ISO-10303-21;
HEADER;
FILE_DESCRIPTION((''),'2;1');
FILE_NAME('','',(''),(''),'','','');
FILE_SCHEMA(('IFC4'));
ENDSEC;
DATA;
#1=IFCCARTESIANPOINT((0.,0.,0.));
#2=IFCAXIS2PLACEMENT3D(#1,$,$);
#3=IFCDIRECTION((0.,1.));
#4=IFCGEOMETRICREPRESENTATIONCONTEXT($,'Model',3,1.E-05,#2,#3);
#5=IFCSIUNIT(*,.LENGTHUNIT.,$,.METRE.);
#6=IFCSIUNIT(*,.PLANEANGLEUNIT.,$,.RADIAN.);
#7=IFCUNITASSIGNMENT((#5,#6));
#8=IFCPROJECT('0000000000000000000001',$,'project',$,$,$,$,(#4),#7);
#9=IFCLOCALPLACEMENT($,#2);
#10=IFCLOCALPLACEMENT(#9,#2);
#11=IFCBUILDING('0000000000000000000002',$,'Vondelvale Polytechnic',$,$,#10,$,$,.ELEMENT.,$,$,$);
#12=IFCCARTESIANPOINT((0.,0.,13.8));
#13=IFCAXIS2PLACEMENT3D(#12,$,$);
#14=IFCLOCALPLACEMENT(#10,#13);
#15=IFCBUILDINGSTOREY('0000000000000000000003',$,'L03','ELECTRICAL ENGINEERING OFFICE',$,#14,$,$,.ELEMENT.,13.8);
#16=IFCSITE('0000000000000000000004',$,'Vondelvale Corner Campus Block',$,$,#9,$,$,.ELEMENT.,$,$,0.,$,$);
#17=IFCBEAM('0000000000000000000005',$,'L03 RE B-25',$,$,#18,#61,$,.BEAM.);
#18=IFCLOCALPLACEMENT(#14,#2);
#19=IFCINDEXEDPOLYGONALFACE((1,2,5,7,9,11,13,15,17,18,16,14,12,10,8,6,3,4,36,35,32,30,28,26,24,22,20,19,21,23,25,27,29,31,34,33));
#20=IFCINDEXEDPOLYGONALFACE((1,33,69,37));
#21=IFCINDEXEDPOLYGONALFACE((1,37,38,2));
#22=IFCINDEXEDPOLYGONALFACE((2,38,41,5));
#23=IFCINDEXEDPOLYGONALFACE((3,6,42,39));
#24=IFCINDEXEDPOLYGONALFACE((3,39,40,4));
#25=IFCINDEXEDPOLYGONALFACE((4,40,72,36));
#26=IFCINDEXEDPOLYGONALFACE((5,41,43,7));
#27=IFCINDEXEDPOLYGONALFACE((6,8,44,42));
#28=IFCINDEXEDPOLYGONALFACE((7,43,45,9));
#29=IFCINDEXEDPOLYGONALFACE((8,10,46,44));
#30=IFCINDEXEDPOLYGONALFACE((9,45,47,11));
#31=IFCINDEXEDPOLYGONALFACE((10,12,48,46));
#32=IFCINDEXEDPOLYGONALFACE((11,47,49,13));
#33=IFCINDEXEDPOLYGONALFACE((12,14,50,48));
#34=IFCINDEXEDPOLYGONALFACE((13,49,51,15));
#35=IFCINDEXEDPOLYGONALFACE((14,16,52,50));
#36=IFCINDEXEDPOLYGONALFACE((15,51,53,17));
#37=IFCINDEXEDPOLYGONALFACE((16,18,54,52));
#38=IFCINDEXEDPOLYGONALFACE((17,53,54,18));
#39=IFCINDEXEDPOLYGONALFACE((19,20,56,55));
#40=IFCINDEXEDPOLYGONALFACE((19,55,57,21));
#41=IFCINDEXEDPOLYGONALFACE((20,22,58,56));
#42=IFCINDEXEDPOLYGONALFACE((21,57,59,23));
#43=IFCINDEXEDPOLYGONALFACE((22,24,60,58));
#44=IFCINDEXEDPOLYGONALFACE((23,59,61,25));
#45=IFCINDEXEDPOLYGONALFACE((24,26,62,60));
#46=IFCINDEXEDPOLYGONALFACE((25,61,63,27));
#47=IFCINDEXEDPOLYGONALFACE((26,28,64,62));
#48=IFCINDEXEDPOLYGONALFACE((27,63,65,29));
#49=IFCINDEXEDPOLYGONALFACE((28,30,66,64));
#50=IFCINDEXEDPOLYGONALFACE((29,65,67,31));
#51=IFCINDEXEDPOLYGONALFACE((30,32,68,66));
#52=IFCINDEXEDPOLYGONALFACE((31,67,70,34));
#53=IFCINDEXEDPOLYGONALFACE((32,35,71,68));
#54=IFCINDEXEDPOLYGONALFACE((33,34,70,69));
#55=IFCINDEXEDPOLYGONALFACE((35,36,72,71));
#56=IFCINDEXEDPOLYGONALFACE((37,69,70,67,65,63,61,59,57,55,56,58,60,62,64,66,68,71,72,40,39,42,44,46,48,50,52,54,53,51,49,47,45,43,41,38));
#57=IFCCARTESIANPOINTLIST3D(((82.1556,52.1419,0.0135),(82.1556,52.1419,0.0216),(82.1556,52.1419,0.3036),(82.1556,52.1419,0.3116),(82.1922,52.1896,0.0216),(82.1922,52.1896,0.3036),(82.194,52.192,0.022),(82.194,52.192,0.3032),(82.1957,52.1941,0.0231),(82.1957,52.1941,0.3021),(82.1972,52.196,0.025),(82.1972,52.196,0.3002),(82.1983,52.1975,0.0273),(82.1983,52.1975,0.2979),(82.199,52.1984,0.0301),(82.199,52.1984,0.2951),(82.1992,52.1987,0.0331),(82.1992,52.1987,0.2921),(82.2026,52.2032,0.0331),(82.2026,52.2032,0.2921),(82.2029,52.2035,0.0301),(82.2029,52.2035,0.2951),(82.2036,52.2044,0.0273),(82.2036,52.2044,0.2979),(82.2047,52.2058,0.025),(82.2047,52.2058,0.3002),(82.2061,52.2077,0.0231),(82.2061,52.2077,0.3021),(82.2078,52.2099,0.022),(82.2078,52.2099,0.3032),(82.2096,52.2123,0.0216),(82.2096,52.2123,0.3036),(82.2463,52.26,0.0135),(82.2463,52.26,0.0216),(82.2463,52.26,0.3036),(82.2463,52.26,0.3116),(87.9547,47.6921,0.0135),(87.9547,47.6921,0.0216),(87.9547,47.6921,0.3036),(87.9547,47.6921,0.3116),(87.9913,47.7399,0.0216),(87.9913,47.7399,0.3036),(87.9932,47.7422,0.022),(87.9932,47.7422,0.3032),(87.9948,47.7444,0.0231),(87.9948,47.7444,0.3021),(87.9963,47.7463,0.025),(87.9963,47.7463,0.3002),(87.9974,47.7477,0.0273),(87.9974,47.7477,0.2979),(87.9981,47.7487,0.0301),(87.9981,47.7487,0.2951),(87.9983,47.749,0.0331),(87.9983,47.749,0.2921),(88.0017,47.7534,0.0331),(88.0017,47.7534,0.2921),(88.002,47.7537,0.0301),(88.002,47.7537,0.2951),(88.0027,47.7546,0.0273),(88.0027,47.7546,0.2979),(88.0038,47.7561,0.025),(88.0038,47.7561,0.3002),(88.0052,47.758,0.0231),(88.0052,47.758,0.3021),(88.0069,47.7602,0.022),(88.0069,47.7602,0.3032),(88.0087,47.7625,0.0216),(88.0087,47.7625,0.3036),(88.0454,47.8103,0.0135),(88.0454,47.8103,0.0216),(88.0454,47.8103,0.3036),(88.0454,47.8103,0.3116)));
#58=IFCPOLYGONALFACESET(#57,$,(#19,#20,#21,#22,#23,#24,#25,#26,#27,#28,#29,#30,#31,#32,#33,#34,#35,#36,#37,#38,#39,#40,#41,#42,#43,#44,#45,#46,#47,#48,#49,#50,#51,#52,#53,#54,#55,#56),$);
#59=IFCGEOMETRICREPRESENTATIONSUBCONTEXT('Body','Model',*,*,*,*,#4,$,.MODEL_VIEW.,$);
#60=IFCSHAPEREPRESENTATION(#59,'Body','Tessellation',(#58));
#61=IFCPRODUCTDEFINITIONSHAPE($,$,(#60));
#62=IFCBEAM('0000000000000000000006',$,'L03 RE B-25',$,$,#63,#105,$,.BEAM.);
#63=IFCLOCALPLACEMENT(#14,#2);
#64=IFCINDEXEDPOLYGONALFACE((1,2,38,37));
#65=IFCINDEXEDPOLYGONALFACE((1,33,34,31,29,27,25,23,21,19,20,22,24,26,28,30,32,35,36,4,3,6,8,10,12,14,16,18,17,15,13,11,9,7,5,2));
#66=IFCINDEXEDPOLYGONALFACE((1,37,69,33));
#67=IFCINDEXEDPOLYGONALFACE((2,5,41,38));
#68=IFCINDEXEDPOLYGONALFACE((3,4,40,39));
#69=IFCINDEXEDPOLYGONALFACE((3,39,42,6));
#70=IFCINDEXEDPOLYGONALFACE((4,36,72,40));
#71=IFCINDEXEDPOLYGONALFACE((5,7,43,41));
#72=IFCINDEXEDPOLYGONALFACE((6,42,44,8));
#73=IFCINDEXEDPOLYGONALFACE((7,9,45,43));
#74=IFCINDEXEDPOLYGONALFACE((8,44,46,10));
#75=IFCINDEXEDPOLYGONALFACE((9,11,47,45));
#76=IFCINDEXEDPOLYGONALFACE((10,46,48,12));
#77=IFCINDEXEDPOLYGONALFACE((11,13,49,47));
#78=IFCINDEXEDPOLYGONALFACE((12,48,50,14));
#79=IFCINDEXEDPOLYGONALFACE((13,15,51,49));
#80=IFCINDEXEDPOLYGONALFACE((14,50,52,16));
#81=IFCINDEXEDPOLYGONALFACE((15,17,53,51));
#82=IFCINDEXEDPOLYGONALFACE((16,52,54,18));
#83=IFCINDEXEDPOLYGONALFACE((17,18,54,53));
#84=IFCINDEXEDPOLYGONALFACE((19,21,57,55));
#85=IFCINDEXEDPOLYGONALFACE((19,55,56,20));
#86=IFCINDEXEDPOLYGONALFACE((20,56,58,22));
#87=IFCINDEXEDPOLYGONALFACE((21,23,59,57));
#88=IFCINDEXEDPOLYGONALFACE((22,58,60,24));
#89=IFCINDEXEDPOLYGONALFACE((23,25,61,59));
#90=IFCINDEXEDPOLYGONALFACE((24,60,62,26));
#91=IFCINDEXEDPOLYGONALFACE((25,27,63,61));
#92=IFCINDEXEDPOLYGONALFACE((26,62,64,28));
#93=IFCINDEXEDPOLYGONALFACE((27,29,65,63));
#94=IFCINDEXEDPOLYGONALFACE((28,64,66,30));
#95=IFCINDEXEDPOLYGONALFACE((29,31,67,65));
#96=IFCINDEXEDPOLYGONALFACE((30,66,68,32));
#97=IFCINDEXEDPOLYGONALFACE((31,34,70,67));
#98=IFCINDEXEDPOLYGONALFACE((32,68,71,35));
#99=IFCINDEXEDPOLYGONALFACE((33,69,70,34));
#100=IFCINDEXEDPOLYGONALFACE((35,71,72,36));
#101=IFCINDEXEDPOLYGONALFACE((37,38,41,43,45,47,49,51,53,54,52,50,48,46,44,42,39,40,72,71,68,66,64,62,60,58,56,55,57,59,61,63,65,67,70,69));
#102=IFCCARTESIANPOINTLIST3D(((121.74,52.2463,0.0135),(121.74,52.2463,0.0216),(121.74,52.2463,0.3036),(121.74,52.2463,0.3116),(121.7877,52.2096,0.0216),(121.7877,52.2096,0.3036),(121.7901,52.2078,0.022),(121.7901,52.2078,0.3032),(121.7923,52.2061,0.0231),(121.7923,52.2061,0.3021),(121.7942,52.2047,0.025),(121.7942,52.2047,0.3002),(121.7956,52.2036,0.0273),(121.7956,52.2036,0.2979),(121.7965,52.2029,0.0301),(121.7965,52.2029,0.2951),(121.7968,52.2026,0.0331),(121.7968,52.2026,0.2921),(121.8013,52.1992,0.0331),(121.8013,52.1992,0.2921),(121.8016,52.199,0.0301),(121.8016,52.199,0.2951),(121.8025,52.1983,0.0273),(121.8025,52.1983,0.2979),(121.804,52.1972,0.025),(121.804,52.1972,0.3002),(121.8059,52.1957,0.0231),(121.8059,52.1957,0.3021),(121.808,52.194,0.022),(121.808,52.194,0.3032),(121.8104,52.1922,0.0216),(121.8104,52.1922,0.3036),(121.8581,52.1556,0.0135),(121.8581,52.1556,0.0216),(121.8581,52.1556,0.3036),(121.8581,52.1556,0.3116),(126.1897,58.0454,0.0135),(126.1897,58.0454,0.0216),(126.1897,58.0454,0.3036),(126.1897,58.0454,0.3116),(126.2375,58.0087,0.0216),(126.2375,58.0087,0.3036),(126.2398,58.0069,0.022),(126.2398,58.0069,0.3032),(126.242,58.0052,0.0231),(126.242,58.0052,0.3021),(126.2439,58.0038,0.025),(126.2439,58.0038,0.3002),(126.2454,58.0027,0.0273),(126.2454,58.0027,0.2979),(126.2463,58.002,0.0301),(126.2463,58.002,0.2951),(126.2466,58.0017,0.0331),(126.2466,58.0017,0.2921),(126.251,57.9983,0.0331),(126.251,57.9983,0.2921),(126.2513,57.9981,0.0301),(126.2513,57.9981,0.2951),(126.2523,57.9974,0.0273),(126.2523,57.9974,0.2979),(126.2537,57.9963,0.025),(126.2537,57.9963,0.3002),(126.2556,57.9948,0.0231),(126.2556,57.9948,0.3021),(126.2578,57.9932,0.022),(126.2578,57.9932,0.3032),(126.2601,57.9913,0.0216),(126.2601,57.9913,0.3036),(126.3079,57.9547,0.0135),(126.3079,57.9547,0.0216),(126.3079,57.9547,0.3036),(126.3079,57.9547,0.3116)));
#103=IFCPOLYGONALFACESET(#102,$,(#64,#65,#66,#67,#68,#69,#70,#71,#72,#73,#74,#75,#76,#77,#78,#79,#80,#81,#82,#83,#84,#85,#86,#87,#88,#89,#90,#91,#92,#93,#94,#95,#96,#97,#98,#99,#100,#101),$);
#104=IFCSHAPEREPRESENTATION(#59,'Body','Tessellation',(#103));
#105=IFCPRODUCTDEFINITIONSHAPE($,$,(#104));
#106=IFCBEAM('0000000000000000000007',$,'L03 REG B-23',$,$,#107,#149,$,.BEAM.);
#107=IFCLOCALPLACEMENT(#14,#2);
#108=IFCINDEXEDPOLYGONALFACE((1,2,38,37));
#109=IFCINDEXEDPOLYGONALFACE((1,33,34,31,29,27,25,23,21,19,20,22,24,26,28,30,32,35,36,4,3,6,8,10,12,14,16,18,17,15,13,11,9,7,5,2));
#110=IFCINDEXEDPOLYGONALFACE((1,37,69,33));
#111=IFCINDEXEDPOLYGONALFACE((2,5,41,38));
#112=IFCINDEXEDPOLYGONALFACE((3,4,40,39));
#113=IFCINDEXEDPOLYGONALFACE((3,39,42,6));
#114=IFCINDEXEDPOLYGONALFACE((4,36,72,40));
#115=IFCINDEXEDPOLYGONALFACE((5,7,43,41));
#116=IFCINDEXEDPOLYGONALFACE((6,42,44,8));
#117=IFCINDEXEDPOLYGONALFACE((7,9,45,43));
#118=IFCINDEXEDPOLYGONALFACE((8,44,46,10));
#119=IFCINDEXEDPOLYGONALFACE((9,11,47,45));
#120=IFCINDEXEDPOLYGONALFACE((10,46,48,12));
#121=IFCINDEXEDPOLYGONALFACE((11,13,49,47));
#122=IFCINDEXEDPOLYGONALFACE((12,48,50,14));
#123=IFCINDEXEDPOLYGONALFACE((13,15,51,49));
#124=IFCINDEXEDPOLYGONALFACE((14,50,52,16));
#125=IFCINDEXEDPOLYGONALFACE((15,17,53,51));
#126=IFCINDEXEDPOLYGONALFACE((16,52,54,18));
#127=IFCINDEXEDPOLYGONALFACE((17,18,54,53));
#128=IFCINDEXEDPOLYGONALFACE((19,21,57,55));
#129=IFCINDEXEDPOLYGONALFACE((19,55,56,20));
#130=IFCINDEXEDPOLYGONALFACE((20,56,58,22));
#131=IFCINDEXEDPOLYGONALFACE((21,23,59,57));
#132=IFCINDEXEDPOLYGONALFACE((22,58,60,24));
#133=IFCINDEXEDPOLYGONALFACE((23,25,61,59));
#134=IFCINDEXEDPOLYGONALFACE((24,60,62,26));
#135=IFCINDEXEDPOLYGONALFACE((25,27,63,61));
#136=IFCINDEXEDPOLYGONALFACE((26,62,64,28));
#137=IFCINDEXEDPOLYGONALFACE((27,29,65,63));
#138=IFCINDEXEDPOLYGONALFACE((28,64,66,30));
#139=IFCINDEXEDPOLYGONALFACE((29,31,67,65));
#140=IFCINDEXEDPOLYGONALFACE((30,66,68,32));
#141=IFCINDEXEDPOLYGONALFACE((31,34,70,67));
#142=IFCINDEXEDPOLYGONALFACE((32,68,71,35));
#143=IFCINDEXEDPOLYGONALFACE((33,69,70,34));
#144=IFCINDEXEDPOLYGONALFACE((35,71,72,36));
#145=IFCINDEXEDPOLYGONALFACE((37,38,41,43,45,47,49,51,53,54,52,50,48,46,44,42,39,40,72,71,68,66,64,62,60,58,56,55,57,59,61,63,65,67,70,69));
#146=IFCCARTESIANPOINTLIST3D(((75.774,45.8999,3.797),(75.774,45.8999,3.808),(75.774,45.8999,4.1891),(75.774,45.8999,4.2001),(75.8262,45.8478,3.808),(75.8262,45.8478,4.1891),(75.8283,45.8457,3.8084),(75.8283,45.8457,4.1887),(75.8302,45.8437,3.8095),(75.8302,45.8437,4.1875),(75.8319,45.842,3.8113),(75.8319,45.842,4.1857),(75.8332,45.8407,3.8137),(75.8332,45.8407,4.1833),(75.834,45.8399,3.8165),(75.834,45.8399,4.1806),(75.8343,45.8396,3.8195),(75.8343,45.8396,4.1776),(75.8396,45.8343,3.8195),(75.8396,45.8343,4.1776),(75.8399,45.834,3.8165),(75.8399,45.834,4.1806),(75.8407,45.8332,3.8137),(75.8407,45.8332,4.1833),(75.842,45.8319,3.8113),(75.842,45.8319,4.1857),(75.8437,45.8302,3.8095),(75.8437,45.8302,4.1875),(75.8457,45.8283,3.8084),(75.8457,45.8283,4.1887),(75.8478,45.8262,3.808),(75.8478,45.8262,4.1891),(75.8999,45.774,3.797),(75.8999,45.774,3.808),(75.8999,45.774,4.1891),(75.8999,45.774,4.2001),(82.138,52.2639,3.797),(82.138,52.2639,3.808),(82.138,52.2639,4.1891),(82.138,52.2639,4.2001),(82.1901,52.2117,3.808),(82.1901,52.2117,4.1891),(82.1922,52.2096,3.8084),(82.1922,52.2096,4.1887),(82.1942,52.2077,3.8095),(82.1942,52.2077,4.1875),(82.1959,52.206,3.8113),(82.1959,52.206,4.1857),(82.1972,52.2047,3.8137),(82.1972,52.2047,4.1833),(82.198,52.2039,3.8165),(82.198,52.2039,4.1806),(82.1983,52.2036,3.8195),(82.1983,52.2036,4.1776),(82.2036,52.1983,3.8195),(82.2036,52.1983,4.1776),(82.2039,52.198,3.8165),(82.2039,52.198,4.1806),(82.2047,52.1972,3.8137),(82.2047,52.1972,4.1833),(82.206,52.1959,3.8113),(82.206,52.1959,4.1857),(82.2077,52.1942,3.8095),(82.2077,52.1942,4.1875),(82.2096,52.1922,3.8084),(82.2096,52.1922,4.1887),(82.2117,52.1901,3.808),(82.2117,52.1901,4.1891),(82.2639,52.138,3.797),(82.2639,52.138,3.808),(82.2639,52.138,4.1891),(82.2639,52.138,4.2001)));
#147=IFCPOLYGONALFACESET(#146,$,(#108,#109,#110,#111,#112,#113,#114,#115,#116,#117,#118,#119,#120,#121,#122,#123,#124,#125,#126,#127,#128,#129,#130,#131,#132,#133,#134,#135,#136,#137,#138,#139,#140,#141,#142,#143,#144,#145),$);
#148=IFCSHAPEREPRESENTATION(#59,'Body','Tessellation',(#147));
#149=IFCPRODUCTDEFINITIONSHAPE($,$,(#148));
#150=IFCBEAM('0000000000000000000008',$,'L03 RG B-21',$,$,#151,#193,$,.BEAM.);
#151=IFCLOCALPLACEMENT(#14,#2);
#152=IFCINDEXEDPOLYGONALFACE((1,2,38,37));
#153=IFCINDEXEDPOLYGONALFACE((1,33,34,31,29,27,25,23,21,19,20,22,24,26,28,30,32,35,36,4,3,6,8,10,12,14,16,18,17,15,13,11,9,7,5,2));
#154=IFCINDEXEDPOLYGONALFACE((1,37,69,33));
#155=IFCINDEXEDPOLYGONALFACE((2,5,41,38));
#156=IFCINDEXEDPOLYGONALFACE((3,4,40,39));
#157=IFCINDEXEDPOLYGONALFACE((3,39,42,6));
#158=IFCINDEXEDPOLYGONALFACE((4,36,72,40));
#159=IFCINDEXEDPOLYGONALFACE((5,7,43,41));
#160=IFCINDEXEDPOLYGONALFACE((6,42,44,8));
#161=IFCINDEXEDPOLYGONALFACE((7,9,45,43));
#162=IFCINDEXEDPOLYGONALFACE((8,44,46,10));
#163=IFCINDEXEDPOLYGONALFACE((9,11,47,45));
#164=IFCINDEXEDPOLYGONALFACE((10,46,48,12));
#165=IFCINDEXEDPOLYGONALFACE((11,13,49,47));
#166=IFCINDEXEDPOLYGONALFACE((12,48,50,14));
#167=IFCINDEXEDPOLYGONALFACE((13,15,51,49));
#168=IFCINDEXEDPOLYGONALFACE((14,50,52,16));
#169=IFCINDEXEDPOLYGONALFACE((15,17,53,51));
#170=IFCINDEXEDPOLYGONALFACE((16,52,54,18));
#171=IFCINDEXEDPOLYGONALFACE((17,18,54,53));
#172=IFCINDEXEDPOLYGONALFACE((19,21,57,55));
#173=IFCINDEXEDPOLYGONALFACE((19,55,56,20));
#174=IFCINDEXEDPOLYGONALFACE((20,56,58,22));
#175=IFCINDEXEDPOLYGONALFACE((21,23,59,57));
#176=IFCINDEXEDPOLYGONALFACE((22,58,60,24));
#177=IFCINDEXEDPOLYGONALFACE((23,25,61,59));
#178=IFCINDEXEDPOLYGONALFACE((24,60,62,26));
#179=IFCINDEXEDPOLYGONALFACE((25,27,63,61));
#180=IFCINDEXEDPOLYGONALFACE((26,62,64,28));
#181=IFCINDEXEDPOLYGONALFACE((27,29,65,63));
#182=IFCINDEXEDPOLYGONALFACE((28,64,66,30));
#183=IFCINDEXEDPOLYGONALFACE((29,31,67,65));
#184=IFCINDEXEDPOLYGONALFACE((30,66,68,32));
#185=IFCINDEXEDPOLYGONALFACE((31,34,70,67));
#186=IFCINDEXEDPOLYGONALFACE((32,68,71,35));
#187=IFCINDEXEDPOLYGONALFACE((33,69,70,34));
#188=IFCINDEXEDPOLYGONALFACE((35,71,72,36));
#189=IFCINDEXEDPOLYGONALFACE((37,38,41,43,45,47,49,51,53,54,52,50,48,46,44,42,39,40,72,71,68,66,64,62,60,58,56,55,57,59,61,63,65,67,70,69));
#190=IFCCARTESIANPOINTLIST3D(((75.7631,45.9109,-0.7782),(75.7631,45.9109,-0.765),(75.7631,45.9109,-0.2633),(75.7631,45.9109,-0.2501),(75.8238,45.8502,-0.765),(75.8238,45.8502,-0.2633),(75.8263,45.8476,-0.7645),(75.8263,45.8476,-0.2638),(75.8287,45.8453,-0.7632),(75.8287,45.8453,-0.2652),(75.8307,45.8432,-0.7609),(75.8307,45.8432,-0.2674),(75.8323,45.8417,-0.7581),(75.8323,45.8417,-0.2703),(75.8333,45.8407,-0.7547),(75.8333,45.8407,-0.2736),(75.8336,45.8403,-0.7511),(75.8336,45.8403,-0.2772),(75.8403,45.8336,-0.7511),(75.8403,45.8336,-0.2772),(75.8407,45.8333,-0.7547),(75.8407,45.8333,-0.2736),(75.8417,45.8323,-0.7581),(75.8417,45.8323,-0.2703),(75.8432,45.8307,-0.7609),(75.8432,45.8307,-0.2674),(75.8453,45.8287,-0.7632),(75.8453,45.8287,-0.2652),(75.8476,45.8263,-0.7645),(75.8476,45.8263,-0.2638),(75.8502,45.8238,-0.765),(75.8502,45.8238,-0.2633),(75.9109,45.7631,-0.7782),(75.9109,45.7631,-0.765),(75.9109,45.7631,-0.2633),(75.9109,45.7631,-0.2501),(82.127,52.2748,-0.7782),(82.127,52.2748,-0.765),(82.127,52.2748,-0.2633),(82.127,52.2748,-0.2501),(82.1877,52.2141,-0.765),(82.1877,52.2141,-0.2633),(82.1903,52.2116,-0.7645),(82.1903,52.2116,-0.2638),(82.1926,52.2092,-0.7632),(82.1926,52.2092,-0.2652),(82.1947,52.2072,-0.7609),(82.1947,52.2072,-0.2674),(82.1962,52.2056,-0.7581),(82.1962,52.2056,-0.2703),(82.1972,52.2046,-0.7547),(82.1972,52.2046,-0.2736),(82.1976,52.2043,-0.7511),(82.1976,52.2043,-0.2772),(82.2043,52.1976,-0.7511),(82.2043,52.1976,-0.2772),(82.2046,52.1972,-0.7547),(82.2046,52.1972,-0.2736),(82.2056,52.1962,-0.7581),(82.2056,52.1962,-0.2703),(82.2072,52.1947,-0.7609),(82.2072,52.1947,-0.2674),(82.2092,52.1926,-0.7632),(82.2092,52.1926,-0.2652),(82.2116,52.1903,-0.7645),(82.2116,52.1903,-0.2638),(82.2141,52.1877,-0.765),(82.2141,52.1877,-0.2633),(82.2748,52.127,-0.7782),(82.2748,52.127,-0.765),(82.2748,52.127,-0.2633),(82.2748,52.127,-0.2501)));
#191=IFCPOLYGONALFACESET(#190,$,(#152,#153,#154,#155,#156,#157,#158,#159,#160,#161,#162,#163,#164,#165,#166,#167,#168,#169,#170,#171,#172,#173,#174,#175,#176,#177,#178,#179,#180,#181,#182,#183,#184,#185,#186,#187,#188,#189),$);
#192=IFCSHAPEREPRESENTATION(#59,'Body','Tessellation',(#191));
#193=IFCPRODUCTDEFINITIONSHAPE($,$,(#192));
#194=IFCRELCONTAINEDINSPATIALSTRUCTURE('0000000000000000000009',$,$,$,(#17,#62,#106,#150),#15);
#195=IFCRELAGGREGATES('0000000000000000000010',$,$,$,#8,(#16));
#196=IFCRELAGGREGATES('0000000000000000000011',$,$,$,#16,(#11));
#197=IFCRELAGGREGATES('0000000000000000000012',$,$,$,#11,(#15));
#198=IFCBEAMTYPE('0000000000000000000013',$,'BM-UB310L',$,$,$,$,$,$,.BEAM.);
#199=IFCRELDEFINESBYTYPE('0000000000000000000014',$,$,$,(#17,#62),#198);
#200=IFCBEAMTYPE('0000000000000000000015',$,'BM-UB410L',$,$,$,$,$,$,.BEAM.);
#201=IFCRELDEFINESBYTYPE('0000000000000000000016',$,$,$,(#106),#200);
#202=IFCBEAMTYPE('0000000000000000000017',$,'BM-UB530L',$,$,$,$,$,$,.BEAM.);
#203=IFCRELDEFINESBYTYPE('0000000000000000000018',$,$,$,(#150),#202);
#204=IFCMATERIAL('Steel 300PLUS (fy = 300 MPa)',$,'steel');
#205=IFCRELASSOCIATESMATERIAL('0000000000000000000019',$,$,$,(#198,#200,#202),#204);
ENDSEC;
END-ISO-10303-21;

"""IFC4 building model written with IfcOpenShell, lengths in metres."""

from ifc_helpers import new_model, si_unit, direction, frame, origin, origin_2d, place, context, subcontext, project, spatial, i_section, extrude, material, material_profile, profile_set, type_object, element, save


model = new_model("IFC4")

# Units and contexts
model_context = context("Model", 3, precision=1e-05, world=origin(), true_north=direction((0.0, 1.0)))
body_context = subcontext(model_context, "Body", "Model", "MODEL_VIEW")
ifc_project = project(units=[si_unit("LENGTHUNIT", "METRE"), si_unit("PLANEANGLEUNIT", "RADIAN")], contexts=[model_context])

# Site, building, storey
site_placement = place(None, origin())
site = spatial("IfcSite", under=ifc_project, at=site_placement, Name="Vondelvale Corner Campus Block", CompositionType="ELEMENT", RefElevation=0.0)
building_placement = place(site_placement, origin())
building = spatial("IfcBuilding", under=site, at=building_placement, Name="Vondelvale Polytechnic", CompositionType="ELEMENT")
storey_placement = place(building_placement, frame((0.0, 0.0, 13.8)))
storey = spatial("IfcBuildingStorey", under=building, at=storey_placement, Name="L03", Description="ELECTRICAL ENGINEERING OFFICE", CompositionType="ELEMENT", Elevation=13.8)

# Beams
ifc_material_1 = material(Name="Steel 300PLUS (fy = 300 MPa)", Category="steel")
ifc_material_profile_1 = material_profile(ifc_material_1, i_section(OverallWidth=0.1489, OverallDepth=0.2981, WebThickness=0.0056, FlangeThickness=0.0081, FilletRadius=0.0115, at=origin_2d()), Name="310UB32.0")
ifc_profile_set_1 = profile_set([ifc_material_profile_1], Name="Steel 300PLUS (fy = 300 MPa)")
beam_type_1 = type_object("IfcBeamType", Name="BM-UB310L", PredefinedType="BEAM", material=ifc_profile_set_1)
for number, where, z_axis, x_axis, name in (
    (1, (82.2009, 52.2009, 0.1626), (0.793358, -0.608755, 0.0), (0.608755, 0.793358, 0.0), "L03 RE B-25"),
    (2, (121.7991, 52.2009, 0.1626), (0.608755, 0.793358, 0.0), (-0.793358, 0.608755, 0.0), "L03 RE B-25"),
):
    element("IfcBeam", number, at=place(storey_placement, frame(where, z_axis=z_axis, x_axis=x_axis)), inside=storey, type_object=beam_type_1, Name=name, PredefinedType="BEAM", context=body_context, shape_type="SweptSolid", body=[
        extrude(i_section(OverallWidth=0.1489, OverallDepth=0.2981, WebThickness=0.0056, FlangeThickness=0.0081, FilletRadius=0.0115, at=origin_2d()), origin(), (0.0, 0.0, 1.0), 7.3096),
    ])
ifc_material_profile_2 = material_profile(ifc_material_1, i_section(OverallWidth=0.178, OverallDepth=0.4031, WebThickness=0.0076, FlangeThickness=0.011, FilletRadius=0.0115, at=origin_2d()), Name="410UB53.7")
ifc_profile_set_2 = profile_set([ifc_material_profile_2], Name="Steel 300PLUS (fy = 300 MPa)")
beam_type_2 = type_object("IfcBeamType", Name="BM-UB410L", PredefinedType="BEAM", material=ifc_profile_set_2)
beam_1_placement = place(storey_placement, frame((82.2009, 52.2009, 3.9985), z_axis=(-0.707107, -0.707107, 0.0), x_axis=(0.707107, -0.707107, 0.0)))
element("IfcBeam", 3, at=beam_1_placement, inside=storey, type_object=beam_type_2, Name="L03 REG B-23", PredefinedType="BEAM", context=body_context, shape_type="SweptSolid", body=[
    extrude(i_section(OverallWidth=0.178, OverallDepth=0.4031, WebThickness=0.0076, FlangeThickness=0.011, FilletRadius=0.0115, at=origin_2d()), origin(), (0.0, 0.0, 1.0), 9.0),
])
ifc_material_profile_3 = material_profile(ifc_material_1, i_section(OverallWidth=0.209, OverallDepth=0.5281, WebThickness=0.0095, FlangeThickness=0.0132, FilletRadius=0.0139, at=origin_2d()), Name="530UB82.0")
ifc_profile_set_3 = profile_set([ifc_material_profile_3], Name="Steel 300PLUS (fy = 300 MPa)")
beam_type_3 = type_object("IfcBeamType", Name="BM-UB530L", PredefinedType="BEAM", material=ifc_profile_set_3)
beam_2_placement = place(storey_placement, frame((82.2009, 52.2009, -0.5142), z_axis=(-0.707107, -0.707107, 0.0), x_axis=(0.707107, -0.707107, 0.0)))
element("IfcBeam", 4, at=beam_2_placement, inside=storey, type_object=beam_type_3, Name="L03 RG B-21", PredefinedType="BEAM", context=body_context, shape_type="SweptSolid", body=[
    extrude(i_section(OverallWidth=0.209, OverallDepth=0.5281, WebThickness=0.0095, FlangeThickness=0.0132, FilletRadius=0.0139, at=origin_2d()), origin(), (0.0, 0.0, 1.0), 9.0),
])

save(model, "model.ifc")
